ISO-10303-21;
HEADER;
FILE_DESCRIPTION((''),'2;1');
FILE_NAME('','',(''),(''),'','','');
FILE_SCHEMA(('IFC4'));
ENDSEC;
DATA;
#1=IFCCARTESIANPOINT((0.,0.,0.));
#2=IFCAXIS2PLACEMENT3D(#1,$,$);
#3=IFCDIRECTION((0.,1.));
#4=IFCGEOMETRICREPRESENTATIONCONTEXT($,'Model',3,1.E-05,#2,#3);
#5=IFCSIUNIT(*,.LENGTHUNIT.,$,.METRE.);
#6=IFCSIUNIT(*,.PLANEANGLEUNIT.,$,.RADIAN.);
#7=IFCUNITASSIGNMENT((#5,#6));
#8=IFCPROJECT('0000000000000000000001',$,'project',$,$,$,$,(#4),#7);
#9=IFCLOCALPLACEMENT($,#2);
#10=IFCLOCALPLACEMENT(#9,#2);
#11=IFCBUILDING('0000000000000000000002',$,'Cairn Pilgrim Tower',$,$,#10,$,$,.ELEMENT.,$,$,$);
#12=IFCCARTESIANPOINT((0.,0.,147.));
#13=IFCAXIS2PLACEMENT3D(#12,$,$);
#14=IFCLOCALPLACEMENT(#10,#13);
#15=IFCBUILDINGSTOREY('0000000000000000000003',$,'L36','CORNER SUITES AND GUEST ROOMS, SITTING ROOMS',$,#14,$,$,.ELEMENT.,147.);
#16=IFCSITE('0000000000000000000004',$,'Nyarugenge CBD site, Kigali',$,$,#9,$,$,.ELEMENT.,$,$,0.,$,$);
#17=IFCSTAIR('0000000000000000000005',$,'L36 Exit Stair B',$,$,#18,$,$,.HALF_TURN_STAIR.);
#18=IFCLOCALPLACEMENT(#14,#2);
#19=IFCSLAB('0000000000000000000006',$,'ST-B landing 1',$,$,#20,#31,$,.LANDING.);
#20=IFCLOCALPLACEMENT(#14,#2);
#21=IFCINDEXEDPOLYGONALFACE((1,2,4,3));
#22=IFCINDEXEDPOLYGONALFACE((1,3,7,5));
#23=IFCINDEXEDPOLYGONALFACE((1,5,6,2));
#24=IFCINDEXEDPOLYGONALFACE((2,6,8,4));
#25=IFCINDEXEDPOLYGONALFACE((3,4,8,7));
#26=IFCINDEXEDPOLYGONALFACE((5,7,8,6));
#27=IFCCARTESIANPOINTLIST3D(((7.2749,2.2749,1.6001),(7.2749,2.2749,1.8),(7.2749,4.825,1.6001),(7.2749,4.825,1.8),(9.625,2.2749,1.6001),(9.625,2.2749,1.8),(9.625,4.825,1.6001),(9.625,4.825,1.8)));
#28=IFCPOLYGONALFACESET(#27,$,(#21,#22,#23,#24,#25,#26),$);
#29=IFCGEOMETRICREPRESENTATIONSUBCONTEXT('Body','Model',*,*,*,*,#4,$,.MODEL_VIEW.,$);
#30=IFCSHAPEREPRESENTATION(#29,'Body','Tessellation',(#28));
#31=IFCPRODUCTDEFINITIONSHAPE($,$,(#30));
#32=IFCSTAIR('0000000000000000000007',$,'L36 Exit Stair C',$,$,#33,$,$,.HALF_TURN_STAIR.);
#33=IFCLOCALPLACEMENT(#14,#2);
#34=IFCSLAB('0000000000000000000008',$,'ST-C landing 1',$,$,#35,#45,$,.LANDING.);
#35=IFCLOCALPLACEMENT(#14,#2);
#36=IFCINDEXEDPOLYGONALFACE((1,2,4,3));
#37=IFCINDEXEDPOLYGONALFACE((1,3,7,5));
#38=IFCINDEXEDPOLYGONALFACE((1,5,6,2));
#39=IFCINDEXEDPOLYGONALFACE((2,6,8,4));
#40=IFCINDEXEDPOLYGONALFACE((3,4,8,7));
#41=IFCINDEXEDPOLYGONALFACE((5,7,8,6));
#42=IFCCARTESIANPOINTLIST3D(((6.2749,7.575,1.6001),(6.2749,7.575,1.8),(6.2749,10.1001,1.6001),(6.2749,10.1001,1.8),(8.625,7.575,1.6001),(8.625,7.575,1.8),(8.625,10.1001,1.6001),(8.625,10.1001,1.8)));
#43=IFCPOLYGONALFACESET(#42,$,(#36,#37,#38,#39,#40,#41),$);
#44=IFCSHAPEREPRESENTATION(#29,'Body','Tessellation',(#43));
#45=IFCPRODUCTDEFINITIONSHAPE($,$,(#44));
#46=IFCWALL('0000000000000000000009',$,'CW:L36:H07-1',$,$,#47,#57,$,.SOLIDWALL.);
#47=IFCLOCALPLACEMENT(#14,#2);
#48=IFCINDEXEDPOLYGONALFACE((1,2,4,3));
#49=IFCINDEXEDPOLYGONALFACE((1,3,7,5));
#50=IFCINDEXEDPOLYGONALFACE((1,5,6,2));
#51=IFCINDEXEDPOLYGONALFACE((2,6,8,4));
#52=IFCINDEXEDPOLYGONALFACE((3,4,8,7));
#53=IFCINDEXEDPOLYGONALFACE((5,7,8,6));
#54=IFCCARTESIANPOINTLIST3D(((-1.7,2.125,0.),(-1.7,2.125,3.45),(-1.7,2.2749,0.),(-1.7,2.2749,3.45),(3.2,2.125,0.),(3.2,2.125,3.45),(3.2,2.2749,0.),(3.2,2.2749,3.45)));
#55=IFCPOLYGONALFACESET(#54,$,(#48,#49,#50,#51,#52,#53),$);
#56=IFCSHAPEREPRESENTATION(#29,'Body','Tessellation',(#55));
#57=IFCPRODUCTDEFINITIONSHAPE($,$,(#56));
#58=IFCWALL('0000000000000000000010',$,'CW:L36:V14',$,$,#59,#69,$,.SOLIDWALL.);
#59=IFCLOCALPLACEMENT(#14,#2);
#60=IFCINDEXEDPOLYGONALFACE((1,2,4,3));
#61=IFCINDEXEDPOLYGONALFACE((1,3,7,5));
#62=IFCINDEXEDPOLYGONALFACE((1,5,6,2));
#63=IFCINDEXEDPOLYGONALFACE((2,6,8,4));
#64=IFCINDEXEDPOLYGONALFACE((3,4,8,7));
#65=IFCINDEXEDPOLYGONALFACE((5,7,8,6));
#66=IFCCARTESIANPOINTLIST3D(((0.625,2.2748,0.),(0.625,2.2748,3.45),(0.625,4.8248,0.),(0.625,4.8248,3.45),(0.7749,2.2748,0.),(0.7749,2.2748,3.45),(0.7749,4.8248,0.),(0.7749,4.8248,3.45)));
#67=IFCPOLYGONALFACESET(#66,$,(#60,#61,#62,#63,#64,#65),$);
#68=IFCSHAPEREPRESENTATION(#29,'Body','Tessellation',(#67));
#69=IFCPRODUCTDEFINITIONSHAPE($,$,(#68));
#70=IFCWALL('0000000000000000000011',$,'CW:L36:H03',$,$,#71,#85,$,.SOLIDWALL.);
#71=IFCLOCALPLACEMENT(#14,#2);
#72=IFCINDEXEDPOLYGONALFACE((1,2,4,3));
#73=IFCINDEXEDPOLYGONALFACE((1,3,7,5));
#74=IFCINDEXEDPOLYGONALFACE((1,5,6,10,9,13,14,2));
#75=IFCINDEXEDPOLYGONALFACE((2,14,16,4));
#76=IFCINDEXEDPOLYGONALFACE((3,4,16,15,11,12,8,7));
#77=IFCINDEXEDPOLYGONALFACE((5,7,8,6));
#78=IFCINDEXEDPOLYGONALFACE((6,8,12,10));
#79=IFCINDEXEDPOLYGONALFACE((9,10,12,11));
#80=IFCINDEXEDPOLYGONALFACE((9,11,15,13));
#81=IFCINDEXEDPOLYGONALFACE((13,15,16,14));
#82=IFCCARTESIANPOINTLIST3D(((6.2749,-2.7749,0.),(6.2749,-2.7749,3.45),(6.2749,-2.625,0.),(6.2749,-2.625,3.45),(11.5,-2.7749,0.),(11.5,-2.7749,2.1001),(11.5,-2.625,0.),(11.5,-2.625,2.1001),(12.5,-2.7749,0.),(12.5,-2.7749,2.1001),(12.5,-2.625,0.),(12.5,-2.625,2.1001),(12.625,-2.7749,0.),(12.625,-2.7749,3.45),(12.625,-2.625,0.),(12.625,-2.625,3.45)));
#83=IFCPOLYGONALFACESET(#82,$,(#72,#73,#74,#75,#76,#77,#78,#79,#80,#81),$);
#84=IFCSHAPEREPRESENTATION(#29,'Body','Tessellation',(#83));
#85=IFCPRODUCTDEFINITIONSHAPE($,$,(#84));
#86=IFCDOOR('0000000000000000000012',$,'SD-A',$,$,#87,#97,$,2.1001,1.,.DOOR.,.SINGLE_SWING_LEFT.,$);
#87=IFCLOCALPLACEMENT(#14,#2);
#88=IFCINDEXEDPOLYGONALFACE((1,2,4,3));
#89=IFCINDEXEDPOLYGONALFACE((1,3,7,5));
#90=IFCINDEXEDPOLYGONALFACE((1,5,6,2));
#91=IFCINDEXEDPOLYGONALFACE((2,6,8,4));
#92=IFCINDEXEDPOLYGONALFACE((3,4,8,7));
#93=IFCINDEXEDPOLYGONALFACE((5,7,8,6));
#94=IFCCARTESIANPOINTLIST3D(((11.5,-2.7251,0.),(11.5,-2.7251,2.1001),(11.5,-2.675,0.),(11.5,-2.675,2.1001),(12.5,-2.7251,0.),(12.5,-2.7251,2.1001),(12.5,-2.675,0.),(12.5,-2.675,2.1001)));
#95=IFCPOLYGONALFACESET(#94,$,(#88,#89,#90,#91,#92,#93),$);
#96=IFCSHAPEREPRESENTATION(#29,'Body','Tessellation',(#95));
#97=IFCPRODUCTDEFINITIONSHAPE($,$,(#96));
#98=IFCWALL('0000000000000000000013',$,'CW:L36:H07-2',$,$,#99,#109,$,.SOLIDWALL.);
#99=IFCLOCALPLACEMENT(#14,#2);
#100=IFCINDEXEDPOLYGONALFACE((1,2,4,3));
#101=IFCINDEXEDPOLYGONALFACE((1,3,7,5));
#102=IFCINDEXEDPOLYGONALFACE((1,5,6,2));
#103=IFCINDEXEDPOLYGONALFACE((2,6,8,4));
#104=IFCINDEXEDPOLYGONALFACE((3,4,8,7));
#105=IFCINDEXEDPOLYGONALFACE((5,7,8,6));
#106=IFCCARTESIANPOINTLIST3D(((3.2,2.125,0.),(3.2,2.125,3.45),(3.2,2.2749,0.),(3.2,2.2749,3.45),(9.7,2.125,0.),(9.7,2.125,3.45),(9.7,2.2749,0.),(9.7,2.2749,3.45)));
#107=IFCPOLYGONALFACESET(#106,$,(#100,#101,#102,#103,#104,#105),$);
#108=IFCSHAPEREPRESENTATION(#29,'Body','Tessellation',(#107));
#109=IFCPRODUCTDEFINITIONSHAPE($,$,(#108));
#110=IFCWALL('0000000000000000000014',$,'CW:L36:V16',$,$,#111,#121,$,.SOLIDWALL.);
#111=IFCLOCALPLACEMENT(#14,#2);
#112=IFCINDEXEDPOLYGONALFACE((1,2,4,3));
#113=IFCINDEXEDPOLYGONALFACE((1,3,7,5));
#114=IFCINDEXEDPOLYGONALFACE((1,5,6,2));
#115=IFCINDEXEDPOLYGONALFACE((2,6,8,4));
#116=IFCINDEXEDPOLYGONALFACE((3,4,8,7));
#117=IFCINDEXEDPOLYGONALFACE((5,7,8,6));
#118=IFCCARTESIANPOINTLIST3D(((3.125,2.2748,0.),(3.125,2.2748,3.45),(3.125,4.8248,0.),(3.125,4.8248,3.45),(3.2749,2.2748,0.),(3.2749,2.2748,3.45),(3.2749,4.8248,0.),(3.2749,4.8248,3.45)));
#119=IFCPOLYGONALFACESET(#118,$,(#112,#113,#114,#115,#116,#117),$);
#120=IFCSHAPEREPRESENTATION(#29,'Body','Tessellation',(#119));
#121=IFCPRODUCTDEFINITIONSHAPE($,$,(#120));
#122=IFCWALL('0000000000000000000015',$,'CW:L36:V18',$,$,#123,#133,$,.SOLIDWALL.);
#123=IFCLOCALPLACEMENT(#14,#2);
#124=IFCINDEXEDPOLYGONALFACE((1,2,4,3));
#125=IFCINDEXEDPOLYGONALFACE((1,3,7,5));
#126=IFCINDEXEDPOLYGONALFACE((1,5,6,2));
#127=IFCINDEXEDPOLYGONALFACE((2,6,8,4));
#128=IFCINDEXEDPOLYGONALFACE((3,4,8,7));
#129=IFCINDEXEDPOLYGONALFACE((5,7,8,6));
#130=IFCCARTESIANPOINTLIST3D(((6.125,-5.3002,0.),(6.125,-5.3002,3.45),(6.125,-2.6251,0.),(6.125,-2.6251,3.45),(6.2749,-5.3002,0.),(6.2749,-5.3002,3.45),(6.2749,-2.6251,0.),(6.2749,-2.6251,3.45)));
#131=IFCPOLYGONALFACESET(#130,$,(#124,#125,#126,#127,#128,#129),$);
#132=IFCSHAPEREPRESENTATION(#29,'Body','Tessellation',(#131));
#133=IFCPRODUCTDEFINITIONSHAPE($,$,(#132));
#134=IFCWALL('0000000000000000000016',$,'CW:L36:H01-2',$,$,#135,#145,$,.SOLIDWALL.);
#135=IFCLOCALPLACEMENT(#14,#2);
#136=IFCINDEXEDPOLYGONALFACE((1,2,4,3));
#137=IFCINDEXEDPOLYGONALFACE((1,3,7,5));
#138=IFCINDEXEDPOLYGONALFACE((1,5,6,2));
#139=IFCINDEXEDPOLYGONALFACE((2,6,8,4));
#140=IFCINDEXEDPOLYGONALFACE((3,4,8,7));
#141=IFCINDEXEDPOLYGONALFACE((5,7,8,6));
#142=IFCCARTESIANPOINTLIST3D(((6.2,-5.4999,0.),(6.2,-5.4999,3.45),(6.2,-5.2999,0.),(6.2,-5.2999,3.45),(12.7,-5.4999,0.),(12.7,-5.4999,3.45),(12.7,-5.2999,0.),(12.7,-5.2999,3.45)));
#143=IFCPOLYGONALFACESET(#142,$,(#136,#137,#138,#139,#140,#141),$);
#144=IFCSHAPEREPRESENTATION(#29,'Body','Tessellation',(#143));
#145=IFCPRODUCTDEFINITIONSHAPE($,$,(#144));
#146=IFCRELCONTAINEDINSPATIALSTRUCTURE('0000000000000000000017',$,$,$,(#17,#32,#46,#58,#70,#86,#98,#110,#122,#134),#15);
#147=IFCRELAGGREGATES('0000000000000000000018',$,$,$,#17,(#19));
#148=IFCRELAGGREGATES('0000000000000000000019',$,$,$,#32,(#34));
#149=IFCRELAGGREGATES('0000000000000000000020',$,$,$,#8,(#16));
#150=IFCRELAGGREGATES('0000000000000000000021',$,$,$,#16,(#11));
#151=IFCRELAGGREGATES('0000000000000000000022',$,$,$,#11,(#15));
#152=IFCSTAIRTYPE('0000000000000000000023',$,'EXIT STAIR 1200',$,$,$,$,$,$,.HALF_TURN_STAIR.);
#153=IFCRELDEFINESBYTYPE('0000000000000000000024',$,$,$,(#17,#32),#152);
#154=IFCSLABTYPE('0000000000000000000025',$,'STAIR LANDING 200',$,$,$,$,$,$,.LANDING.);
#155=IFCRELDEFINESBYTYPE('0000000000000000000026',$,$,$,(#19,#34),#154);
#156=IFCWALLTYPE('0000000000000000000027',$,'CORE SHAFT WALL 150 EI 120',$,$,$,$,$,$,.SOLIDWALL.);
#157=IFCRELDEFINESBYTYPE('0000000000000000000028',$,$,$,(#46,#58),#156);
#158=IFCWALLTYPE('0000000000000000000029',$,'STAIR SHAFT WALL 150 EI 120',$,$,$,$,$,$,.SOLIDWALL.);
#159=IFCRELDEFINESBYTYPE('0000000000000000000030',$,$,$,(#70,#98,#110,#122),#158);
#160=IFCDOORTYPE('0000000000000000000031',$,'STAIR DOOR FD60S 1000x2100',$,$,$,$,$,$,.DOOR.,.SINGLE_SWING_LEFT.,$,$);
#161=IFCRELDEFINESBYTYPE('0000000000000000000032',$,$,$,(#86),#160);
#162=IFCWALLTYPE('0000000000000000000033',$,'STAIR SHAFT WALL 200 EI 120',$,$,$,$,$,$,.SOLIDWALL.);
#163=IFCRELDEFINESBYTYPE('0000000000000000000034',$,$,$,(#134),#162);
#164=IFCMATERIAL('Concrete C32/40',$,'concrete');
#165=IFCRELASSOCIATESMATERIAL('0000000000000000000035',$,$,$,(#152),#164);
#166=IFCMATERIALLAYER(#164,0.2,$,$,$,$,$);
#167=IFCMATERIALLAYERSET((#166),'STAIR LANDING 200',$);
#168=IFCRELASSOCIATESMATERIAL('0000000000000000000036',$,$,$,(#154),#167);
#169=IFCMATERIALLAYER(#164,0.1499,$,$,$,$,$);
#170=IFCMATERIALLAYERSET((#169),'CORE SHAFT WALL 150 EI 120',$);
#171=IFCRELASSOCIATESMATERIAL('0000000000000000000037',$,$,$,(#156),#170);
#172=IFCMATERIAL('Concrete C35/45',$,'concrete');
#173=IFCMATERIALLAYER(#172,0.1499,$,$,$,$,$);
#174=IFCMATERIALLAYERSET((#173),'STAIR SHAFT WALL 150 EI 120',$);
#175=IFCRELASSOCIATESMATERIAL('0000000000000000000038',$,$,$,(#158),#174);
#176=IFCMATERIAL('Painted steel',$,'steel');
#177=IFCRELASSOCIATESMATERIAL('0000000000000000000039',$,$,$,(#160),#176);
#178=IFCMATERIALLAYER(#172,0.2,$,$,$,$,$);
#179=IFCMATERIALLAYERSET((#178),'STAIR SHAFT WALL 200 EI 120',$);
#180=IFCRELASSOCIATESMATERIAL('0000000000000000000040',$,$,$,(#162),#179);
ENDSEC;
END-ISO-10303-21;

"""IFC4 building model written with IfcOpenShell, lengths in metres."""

from ifc_helpers import new_model, si_unit, direction, frame, frame_2d, origin, place, context, subcontext, project, spatial, polyline, rectangle, outline, extrude, material, layer, layer_set, type_object, element, fill, aggregate, save


model = new_model("IFC4")

# Units and contexts
model_context = context("Model", 3, precision=1e-05, world=origin(), true_north=direction((0.0, 1.0)))
body_context = subcontext(model_context, "Body", "Model", "MODEL_VIEW")
ifc_project = project(units=[si_unit("LENGTHUNIT", "METRE"), si_unit("PLANEANGLEUNIT", "RADIAN")], contexts=[model_context])

# Site, building, storey
site_placement = place(None, origin())
site = spatial("IfcSite", under=ifc_project, at=site_placement, Name="Nyarugenge CBD site, Kigali", CompositionType="ELEMENT", RefElevation=0.0)
building_placement = place(site_placement, origin())
building = spatial("IfcBuilding", under=site, at=building_placement, Name="Cairn Pilgrim Tower", CompositionType="ELEMENT")
storey_placement = place(building_placement, frame((0.0, 0.0, 147.0)))
storey = spatial("IfcBuildingStorey", under=building, at=storey_placement, Name="L36", Description="CORNER SUITES AND GUEST ROOMS, SITTING ROOMS", CompositionType="ELEMENT", Elevation=147.0)

# Shared definitions
ifc_material_1 = material(Name="Concrete C35/45", Category="concrete")

# Stairs, slabs
ifc_material_2 = material(Name="Concrete C32/40", Category="concrete")
stair_type = type_object("IfcStairType", Name="EXIT STAIR 1200", PredefinedType="HALF_TURN_STAIR", material=ifc_material_2)
ifc_layer_1 = layer(ifc_material_2, 0.2)
ifc_layer_set_1 = layer_set([ifc_layer_1], Name="STAIR LANDING 200")
slab_type_1 = type_object("IfcSlabType", Name="STAIR LANDING 200", PredefinedType="LANDING", material=ifc_layer_set_1)
stair_1_placement = place(storey_placement, origin())
stair_1 = element("IfcStair", 1, at=stair_1_placement, inside=storey, type_object=stair_type, Name="L36 Exit Stair B", PredefinedType="HALF_TURN_STAIR")
slab_1_placement = place(storey_placement, frame((0.0, 0.0, 1.6001)))
slab_1 = element("IfcSlab", 2, at=slab_1_placement, type_object=slab_type_1, Name="ST-B landing 1", PredefinedType="LANDING", context=body_context, shape_type="SweptSolid", body=[
    extrude(outline(polyline([(7.2749, 2.2749), (9.625, 2.2749), (9.625, 4.825), (7.2749, 4.825), (7.2749, 2.2749)])), origin(), (0.0, 0.0, 1.0), 0.2),
])
aggregate(stair_1, [slab_1])
stair_2_placement = place(storey_placement, origin())
stair_2 = element("IfcStair", 3, at=stair_2_placement, inside=storey, type_object=stair_type, Name="L36 Exit Stair C", PredefinedType="HALF_TURN_STAIR")
slab_2_placement = place(storey_placement, frame((0.0, 0.0, 1.6001)))
slab_2 = element("IfcSlab", 4, at=slab_2_placement, type_object=slab_type_1, Name="ST-C landing 1", PredefinedType="LANDING", context=body_context, shape_type="SweptSolid", body=[
    extrude(outline(polyline([(8.625, 10.1001), (6.2749, 10.1001), (6.2749, 7.575), (8.625, 7.575), (8.625, 10.1001)])), origin(), (0.0, 0.0, 1.0), 0.2),
])
aggregate(stair_2, [slab_2])

# Walls
ifc_layer_2 = layer(ifc_material_2, 0.1499)
ifc_layer_set_2 = layer_set([ifc_layer_2], Name="CORE SHAFT WALL 150 EI 120")
wall_type_1 = type_object("IfcWallType", Name="CORE SHAFT WALL 150 EI 120", PredefinedType="SOLIDWALL", material=ifc_layer_set_2)
wall_1_placement = place(storey_placement, frame((-1.7, 2.2, 0.0), z_axis=(0.0, 0.0, 1.0), x_axis=(1.0, 0.0, 0.0)))
element("IfcWall", 5, at=wall_1_placement, inside=storey, type_object=wall_type_1, Name="CW:L36:H07-1", PredefinedType="SOLIDWALL", context=body_context, shape_type="SweptSolid", body=[
    extrude(rectangle(XDim=4.8999, YDim=0.1499, at=frame_2d((2.45, 0.0))), origin(), (0.0, 0.0, 1.0), 3.45),
])
wall_2_placement = place(storey_placement, frame((0.7, 2.2749, 0.0), z_axis=(0.0, 0.0, 1.0), x_axis=(0.0, 1.0, 0.0)))
element("IfcWall", 6, at=wall_2_placement, inside=storey, type_object=wall_type_1, Name="CW:L36:V14", PredefinedType="SOLIDWALL", context=body_context, shape_type="SweptSolid", body=[
    extrude(rectangle(XDim=2.55, YDim=0.1499, at=frame_2d((1.2749, 0.0))), origin(), (0.0, 0.0, 1.0), 3.45),
])

# Wall, opening, door
ifc_layer_3 = layer(ifc_material_1, 0.1499)
ifc_layer_set_3 = layer_set([ifc_layer_3], Name="STAIR SHAFT WALL 150 EI 120")
wall_type_2 = type_object("IfcWallType", Name="STAIR SHAFT WALL 150 EI 120", PredefinedType="SOLIDWALL", material=ifc_layer_set_3)
wall_3_placement = place(storey_placement, frame((6.2749, -2.7, 0.0), z_axis=(0.0, 0.0, 1.0), x_axis=(1.0, 0.0, 0.0)))
wall_3 = element("IfcWall", 7, at=wall_3_placement, inside=storey, type_object=wall_type_2, Name="CW:L36:H03", PredefinedType="SOLIDWALL", context=body_context, shape_type="SweptSolid", body=[
    extrude(rectangle(XDim=6.3501, YDim=0.1499, at=frame_2d((3.175, 0.0))), origin(), (0.0, 0.0, 1.0), 3.45),
])
opening_placement = place(wall_3_placement, frame((5.2251, 0.0, 0.0)))
opening = element("IfcOpeningElement", 8, at=opening_placement, cuts=wall_3, PredefinedType="OPENING", context=body_context, shape_type="SweptSolid", body=[
    extrude(rectangle(XDim=1.0, YDim=2.1001, at=frame_2d((0.5, 1.05))), frame((0.0, 0.085, 0.0), z_axis=(0.0, -1.0, 0.0), x_axis=(1.0, 0.0, 0.0)), (0.0, 0.0, 1.0), 0.1699),
])
ifc_material_3 = material(Name="Painted steel", Category="steel")
door_type = type_object("IfcDoorType", Name="STAIR DOOR FD60S 1000x2100", OperationType="SINGLE_SWING_LEFT", PredefinedType="DOOR", material=ifc_material_3)
door_placement = place(opening_placement, origin())
door = element("IfcDoor", 9, at=door_placement, inside=storey, type_object=door_type, Name="SD-A", OperationType="SINGLE_SWING_LEFT", OverallHeight=2.1001, OverallWidth=1.0, PredefinedType="DOOR", context=body_context, shape_type="SweptSolid", body=[
    extrude(rectangle(XDim=1.0, YDim=2.1001, at=frame_2d((0.5, 1.05))), frame((0.0, 0.0249, 0.0), z_axis=(0.0, -1.0, 0.0), x_axis=(1.0, 0.0, 0.0)), (0.0, 0.0, 1.0), 0.05),
])
fill(opening, door)

# Walls
wall_4_placement = place(storey_placement, frame((3.2, 2.2, 0.0), z_axis=(0.0, 0.0, 1.0), x_axis=(1.0, 0.0, 0.0)))
element("IfcWall", 10, at=wall_4_placement, inside=storey, type_object=wall_type_2, Name="CW:L36:H07-2", PredefinedType="SOLIDWALL", context=body_context, shape_type="SweptSolid", body=[
    extrude(rectangle(XDim=6.5, YDim=0.1499, at=frame_2d((3.25, 0.0))), origin(), (0.0, 0.0, 1.0), 3.45),
])
wall_5_placement = place(storey_placement, frame((3.2, 2.2749, 0.0), z_axis=(0.0, 0.0, 1.0), x_axis=(0.0, 1.0, 0.0)))
element("IfcWall", 11, at=wall_5_placement, inside=storey, type_object=wall_type_2, Name="CW:L36:V16", PredefinedType="SOLIDWALL", context=body_context, shape_type="SweptSolid", body=[
    extrude(rectangle(XDim=2.55, YDim=0.1499, at=frame_2d((1.2749, 0.0))), origin(), (0.0, 0.0, 1.0), 3.45),
])
wall_6_placement = place(storey_placement, frame((6.2, -5.3, 0.0), z_axis=(0.0, 0.0, 1.0), x_axis=(0.0, 1.0, 0.0)))
element("IfcWall", 12, at=wall_6_placement, inside=storey, type_object=wall_type_2, Name="CW:L36:V18", PredefinedType="SOLIDWALL", context=body_context, shape_type="SweptSolid", body=[
    extrude(rectangle(XDim=2.675, YDim=0.1499, at=frame_2d((1.3374, 0.0))), origin(), (0.0, 0.0, 1.0), 3.45),
])
ifc_layer_4 = layer(ifc_material_1, 0.2)
ifc_layer_set_4 = layer_set([ifc_layer_4], Name="STAIR SHAFT WALL 200 EI 120")
wall_type_3 = type_object("IfcWallType", Name="STAIR SHAFT WALL 200 EI 120", PredefinedType="SOLIDWALL", material=ifc_layer_set_4)
wall_7_placement = place(storey_placement, frame((6.2, -5.3999, 0.0), z_axis=(0.0, 0.0, 1.0), x_axis=(1.0, 0.0, 0.0)))
element("IfcWall", 13, at=wall_7_placement, inside=storey, type_object=wall_type_3, Name="CW:L36:H01-2", PredefinedType="SOLIDWALL", context=body_context, shape_type="SweptSolid", body=[
    extrude(rectangle(XDim=6.5, YDim=0.2, at=frame_2d((3.25, 0.0))), origin(), (0.0, 0.0, 1.0), 3.45),
])

save(model, "model.ifc")
